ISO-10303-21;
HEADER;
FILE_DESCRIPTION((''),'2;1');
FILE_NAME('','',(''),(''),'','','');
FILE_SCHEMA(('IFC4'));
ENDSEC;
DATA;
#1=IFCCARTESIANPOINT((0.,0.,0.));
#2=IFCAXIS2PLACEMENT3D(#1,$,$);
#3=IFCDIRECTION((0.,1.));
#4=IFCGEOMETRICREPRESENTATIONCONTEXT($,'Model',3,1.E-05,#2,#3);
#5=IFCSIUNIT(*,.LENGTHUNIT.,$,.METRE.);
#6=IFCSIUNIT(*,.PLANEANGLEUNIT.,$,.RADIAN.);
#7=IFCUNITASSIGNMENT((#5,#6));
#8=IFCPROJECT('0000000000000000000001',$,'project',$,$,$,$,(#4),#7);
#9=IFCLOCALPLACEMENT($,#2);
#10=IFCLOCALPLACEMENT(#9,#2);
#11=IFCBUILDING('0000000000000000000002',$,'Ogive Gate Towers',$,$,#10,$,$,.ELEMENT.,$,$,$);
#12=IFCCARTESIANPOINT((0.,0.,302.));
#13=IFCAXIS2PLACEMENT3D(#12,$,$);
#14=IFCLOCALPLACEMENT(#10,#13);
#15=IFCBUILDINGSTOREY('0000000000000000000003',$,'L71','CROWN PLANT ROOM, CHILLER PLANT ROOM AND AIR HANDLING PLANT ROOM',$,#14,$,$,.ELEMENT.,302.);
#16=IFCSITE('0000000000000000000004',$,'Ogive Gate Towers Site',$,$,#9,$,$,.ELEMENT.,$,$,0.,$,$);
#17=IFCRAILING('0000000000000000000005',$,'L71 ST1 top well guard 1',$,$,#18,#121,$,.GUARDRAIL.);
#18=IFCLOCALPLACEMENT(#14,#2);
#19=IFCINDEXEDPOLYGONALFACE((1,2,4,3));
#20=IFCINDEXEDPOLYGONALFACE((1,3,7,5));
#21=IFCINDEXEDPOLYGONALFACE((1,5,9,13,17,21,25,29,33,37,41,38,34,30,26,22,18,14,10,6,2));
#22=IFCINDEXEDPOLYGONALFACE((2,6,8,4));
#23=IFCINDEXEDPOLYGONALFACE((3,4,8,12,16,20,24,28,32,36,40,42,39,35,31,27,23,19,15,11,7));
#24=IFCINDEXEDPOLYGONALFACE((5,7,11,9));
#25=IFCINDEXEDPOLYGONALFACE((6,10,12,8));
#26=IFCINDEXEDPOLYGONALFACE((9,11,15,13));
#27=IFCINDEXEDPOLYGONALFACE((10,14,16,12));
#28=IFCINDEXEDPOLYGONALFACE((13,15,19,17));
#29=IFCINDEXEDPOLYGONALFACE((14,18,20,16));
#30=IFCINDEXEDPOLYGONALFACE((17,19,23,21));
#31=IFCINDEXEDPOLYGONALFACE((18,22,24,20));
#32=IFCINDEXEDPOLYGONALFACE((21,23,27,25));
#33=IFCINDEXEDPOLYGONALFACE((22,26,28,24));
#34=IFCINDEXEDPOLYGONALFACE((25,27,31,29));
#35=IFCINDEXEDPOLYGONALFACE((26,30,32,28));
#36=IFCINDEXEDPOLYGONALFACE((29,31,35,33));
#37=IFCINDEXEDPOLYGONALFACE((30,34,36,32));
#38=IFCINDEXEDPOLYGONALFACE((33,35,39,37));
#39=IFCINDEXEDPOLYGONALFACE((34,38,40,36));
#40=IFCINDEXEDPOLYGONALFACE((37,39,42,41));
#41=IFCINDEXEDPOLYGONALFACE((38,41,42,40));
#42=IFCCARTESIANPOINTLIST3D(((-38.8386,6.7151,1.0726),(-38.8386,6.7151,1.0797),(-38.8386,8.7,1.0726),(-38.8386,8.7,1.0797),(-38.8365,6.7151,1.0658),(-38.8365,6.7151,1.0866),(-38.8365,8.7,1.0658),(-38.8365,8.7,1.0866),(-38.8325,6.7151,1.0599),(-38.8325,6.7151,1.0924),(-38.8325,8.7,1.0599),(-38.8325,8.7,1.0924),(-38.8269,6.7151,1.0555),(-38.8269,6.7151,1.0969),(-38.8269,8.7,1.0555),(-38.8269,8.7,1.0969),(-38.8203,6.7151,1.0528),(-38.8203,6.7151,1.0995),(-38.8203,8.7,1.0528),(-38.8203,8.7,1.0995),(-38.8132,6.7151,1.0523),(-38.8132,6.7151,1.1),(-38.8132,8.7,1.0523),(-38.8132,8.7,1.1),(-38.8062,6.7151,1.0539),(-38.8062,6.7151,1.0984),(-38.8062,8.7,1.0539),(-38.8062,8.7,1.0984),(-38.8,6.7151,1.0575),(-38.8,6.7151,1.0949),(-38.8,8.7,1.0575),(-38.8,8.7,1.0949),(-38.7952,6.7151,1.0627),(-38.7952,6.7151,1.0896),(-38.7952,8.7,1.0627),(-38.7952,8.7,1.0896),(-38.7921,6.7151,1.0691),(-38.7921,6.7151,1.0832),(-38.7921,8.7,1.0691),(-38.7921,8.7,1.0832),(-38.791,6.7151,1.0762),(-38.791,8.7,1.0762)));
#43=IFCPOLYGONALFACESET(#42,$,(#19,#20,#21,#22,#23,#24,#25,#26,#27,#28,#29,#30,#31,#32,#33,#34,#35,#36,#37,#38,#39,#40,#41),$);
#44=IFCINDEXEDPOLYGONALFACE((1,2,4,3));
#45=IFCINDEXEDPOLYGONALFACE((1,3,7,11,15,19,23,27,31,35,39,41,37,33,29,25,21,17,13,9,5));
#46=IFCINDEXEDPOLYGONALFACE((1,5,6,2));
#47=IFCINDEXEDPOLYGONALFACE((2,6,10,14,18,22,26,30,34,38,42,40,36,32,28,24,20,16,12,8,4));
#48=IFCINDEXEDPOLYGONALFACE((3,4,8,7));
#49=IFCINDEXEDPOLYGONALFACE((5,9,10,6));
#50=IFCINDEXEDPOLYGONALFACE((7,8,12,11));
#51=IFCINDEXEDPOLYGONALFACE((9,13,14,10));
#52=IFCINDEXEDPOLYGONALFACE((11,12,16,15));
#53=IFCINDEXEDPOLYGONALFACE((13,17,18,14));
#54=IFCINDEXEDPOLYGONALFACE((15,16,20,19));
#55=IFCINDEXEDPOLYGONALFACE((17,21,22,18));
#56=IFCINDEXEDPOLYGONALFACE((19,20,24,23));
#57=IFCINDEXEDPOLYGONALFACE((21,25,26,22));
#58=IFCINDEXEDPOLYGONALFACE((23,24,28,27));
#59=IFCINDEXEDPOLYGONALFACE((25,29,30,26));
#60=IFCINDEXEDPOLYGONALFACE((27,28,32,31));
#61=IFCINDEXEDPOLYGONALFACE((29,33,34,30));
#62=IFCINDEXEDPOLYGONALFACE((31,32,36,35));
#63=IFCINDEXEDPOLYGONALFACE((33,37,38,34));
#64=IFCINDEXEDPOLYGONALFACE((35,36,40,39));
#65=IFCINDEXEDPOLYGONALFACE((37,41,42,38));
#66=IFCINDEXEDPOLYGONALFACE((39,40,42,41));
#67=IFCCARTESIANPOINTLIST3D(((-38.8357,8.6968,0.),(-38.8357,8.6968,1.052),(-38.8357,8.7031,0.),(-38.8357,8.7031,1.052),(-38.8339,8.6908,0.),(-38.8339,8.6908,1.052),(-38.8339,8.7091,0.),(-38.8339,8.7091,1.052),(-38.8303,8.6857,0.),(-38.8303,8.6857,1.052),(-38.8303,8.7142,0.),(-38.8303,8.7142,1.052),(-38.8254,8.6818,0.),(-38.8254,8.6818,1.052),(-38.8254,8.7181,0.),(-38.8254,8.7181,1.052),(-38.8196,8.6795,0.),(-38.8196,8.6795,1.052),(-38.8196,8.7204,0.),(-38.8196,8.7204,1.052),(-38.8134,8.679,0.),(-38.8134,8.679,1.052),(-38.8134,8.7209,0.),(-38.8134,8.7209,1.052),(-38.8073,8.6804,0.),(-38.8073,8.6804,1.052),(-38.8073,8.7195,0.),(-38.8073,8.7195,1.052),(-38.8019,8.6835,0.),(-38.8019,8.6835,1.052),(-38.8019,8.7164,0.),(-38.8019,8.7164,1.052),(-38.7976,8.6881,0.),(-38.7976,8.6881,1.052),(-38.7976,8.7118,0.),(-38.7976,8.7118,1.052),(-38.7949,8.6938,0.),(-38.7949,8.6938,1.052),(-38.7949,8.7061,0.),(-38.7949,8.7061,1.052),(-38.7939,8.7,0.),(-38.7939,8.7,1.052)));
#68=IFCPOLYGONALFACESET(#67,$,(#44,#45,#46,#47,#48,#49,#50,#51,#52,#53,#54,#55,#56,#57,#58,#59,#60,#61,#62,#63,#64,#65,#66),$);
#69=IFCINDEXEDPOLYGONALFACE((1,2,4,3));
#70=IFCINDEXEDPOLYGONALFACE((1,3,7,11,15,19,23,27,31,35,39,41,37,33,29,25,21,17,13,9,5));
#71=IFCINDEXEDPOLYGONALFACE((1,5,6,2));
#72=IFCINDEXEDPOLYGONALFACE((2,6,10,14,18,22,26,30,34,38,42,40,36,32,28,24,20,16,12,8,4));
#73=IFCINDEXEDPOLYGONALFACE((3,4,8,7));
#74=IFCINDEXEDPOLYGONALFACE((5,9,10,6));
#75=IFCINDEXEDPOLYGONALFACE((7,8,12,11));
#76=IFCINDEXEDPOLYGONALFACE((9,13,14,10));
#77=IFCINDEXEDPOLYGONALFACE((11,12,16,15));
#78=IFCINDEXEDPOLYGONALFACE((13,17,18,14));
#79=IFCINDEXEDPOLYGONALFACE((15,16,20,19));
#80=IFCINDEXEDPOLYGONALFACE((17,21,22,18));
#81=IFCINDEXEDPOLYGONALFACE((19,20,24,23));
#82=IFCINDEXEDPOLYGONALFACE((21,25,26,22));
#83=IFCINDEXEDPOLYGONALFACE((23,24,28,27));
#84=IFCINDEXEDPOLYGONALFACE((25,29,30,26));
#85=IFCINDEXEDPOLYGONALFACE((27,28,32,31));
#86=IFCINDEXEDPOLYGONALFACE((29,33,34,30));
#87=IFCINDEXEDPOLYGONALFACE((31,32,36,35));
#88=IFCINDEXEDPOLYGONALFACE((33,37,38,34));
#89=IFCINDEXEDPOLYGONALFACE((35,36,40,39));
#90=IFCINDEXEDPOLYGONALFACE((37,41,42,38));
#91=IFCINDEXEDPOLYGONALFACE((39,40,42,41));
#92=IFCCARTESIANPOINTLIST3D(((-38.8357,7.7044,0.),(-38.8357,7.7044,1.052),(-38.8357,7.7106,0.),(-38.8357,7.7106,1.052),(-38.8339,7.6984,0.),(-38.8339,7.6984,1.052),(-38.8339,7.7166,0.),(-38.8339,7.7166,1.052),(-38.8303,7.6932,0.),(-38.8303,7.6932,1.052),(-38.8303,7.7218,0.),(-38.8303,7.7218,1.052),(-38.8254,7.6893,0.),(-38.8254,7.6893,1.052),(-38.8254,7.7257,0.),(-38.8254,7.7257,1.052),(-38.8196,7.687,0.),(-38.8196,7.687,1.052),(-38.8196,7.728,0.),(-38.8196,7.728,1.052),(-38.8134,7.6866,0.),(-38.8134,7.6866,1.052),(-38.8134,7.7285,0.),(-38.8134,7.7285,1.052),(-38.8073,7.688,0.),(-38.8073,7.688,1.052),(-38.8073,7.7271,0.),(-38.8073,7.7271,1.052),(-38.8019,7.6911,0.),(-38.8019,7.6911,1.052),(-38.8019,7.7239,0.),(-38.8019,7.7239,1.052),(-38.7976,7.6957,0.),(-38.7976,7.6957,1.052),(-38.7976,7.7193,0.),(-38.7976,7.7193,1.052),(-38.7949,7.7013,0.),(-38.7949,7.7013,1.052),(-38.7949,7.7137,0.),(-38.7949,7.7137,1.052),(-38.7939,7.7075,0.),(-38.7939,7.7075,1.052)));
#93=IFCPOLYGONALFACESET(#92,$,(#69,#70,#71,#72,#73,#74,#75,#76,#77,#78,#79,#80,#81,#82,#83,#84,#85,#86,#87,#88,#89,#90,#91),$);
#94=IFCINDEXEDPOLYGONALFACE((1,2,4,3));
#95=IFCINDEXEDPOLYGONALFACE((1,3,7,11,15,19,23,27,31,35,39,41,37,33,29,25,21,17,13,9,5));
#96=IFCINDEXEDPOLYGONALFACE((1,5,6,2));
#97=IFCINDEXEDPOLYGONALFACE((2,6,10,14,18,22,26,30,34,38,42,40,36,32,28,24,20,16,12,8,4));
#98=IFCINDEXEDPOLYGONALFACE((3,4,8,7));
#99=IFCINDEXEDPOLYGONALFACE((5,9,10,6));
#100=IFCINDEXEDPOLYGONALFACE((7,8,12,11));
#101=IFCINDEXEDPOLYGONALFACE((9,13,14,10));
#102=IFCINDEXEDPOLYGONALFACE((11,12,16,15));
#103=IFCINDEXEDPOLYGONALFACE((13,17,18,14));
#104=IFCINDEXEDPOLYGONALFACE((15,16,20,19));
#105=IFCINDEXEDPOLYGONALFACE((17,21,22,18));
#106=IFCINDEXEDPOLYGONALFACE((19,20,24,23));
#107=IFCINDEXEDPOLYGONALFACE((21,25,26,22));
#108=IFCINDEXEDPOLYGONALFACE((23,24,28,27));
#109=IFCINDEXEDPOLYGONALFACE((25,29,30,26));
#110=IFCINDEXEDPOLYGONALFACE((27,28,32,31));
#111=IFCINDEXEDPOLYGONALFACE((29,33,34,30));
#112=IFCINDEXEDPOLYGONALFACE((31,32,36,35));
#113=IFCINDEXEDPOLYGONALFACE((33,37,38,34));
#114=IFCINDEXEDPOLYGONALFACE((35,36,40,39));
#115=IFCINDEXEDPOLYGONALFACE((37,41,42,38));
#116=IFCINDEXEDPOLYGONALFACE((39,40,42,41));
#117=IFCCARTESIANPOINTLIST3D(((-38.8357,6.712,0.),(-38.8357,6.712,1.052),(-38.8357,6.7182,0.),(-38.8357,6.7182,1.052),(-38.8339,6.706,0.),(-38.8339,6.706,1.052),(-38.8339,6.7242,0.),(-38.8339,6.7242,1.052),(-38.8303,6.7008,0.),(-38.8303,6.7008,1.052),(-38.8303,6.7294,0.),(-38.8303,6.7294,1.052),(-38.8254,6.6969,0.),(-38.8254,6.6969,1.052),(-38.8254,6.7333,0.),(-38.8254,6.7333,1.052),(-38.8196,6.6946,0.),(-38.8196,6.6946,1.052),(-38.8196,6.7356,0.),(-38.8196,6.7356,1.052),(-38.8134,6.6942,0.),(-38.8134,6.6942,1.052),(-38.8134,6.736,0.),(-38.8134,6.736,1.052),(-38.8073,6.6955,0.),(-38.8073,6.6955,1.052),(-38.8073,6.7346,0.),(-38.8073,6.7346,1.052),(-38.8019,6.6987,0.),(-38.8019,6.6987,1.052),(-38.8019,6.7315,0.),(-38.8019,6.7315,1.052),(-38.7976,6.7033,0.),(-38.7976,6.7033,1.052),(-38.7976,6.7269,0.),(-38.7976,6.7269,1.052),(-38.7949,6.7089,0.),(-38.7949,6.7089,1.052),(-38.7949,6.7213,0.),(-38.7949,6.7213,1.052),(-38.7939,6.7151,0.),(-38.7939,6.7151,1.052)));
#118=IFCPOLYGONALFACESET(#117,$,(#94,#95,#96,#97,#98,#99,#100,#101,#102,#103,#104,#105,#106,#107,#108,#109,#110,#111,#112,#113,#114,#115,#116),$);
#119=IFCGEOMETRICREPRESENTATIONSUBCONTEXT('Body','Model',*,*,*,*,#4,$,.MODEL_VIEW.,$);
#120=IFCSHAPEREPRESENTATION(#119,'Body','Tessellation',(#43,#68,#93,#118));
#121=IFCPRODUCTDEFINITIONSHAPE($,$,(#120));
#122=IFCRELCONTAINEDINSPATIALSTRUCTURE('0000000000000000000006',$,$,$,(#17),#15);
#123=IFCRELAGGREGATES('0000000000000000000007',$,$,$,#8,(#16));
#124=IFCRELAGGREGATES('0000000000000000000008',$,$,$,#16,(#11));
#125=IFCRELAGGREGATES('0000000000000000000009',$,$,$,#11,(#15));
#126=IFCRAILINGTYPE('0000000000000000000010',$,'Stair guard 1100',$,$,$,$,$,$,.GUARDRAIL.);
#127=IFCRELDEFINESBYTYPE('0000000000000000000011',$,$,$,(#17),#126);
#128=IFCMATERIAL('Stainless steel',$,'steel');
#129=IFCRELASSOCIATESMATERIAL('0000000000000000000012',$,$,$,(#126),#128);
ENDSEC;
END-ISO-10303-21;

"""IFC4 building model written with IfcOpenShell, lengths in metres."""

from ifc_helpers import new_model, si_unit, direction, frame, origin, origin_2d, place, context, subcontext, project, spatial, circle, extrude, material, type_object, element, save


model = new_model("IFC4")

# Units and contexts
model_context = context("Model", 3, precision=1e-05, world=origin(), true_north=direction((0.0, 1.0)))
body_context = subcontext(model_context, "Body", "Model", "MODEL_VIEW")
ifc_project = project(units=[si_unit("LENGTHUNIT", "METRE"), si_unit("PLANEANGLEUNIT", "RADIAN")], contexts=[model_context])

# Site, building, storey
site_placement = place(None, origin())
site = spatial("IfcSite", under=ifc_project, at=site_placement, Name="Ogive Gate Towers Site", CompositionType="ELEMENT", RefElevation=0.0)
building_placement = place(site_placement, origin())
building = spatial("IfcBuilding", under=site, at=building_placement, Name="Ogive Gate Towers", CompositionType="ELEMENT")
storey_placement = place(building_placement, frame((0.0, 0.0, 302.0)))
storey = spatial("IfcBuildingStorey", under=building, at=storey_placement, Name="L71", Description="CROWN PLANT ROOM, CHILLER PLANT ROOM AND AIR HANDLING PLANT ROOM", CompositionType="ELEMENT", Elevation=302.0)

# Railing
ifc_material_1 = material(Name="Stainless steel", Category="steel")
railing_type = type_object("IfcRailingType", Name="Stair guard 1100", PredefinedType="GUARDRAIL", material=ifc_material_1)
railing_placement = place(storey_placement, frame((-38.8149, 8.7, 0.0)))
element("IfcRailing", 1, at=railing_placement, inside=storey, type_object=railing_type, Name="L71 ST1 top well guard 1", PredefinedType="GUARDRAIL", context=body_context, shape_type="SweptSolid", body=[
    extrude(circle(Radius=0.0239, at=origin_2d()), frame((0.0, 0.0, 1.0762), z_axis=(0.0, -1.0, 0.0), x_axis=(1.0, 0.0, 0.0)), (0.0, 0.0, 1.0), 1.9849),
    extrude(circle(Radius=0.021, at=origin_2d()), origin(), (0.0, 0.0, 1.0), 1.052),
    extrude(circle(Radius=0.021, at=origin_2d()), frame((0.0, -0.9924, 0.0)), (0.0, 0.0, 1.0), 1.052),
    extrude(circle(Radius=0.021, at=origin_2d()), frame((0.0, -1.9849, 0.0)), (0.0, 0.0, 1.0), 1.052),
])

save(model, "model.ifc")
